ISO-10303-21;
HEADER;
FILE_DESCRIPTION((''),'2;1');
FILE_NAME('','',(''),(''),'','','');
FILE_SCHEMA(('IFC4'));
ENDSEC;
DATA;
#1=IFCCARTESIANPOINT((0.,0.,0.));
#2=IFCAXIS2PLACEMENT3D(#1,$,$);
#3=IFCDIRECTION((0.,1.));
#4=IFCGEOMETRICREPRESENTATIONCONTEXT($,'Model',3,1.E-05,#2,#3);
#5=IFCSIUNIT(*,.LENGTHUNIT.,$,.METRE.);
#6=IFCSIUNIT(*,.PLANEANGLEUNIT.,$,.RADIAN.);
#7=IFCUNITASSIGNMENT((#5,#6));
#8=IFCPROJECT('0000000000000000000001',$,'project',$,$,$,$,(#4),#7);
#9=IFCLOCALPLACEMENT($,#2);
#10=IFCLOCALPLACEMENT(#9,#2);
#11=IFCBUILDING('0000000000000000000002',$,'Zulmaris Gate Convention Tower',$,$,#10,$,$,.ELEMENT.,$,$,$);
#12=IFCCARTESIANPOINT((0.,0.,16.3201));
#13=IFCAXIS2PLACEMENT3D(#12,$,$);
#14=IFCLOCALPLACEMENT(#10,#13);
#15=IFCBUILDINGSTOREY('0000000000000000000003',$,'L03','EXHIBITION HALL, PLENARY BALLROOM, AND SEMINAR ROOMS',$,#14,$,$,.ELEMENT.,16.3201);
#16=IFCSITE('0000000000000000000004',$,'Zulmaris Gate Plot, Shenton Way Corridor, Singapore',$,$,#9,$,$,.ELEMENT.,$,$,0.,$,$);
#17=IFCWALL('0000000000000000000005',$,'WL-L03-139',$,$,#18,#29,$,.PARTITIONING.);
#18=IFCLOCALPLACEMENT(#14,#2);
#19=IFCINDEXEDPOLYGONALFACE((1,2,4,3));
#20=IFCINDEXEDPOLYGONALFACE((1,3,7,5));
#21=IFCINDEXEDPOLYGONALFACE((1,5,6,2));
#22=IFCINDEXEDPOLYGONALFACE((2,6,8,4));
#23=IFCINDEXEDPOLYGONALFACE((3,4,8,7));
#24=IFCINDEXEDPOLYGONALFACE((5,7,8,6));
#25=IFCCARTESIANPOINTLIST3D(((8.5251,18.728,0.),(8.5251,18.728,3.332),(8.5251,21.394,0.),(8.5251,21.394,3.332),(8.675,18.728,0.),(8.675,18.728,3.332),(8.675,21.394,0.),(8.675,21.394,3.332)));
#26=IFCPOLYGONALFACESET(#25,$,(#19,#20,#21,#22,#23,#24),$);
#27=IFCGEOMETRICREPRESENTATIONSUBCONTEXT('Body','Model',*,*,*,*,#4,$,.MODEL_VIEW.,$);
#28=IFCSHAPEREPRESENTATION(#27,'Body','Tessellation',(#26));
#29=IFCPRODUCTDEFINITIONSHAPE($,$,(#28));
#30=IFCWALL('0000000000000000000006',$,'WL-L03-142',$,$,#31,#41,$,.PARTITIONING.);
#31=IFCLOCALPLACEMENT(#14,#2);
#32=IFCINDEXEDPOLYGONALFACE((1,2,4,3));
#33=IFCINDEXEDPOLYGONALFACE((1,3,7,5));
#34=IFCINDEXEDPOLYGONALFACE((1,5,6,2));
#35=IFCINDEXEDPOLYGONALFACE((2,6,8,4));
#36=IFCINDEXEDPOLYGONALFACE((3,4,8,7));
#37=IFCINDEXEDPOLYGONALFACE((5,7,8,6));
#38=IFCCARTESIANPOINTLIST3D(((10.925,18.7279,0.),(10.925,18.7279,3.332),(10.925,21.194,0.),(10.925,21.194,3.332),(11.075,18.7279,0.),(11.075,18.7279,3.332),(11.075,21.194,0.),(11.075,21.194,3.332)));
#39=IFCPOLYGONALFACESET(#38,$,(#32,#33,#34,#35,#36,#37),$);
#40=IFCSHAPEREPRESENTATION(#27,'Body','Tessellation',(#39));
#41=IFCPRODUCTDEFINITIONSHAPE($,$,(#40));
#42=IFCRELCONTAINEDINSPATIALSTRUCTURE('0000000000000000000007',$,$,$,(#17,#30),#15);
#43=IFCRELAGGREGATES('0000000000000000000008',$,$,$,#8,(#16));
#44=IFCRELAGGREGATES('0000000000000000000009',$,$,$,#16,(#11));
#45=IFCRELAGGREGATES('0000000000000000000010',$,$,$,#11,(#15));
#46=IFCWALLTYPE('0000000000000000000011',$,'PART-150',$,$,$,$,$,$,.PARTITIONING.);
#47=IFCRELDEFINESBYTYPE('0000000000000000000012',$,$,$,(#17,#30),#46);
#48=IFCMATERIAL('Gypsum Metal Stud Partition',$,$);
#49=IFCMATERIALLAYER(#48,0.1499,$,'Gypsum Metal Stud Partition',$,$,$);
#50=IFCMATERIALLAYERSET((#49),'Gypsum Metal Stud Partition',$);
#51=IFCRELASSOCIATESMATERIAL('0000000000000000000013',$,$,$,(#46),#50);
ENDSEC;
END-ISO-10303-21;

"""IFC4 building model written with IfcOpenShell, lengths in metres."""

from ifc_helpers import new_model, si_unit, direction, frame, frame_2d, origin, place, context, subcontext, project, spatial, rectangle, extrude, material, layer, layer_set, type_object, element, save


model = new_model("IFC4")

# Units and contexts
model_context = context("Model", 3, precision=1e-05, world=origin(), true_north=direction((0.0, 1.0)))
body_context = subcontext(model_context, "Body", "Model", "MODEL_VIEW")
ifc_project = project(units=[si_unit("LENGTHUNIT", "METRE"), si_unit("PLANEANGLEUNIT", "RADIAN")], contexts=[model_context])

# Site, building, storey
site_placement = place(None, origin())
site = spatial("IfcSite", under=ifc_project, at=site_placement, Name="Zulmaris Gate Plot, Shenton Way Corridor, Singapore", CompositionType="ELEMENT", RefElevation=0.0)
building_placement = place(site_placement, origin())
building = spatial("IfcBuilding", under=site, at=building_placement, Name="Zulmaris Gate Convention Tower", CompositionType="ELEMENT")
storey_placement = place(building_placement, frame((0.0, 0.0, 16.3201)))
storey = spatial("IfcBuildingStorey", under=building, at=storey_placement, Name="L03", Description="EXHIBITION HALL, PLENARY BALLROOM, AND SEMINAR ROOMS", CompositionType="ELEMENT", Elevation=16.3201)

# Shared definitions
ifc_material_1 = material(Name="Gypsum Metal Stud Partition")
ifc_layer_1 = layer(ifc_material_1, 0.1499, Name="Gypsum Metal Stud Partition")
ifc_layer_set_1 = layer_set([ifc_layer_1], Name="Gypsum Metal Stud Partition")
wall_type = type_object("IfcWallType", Name="PART-150", PredefinedType="PARTITIONING", material=ifc_layer_set_1)

# Walls
wall_1_placement = place(storey_placement, frame((8.6001, 18.728, 0.0), z_axis=(0.0, 0.0, 1.0), x_axis=(0.0, 1.0, 0.0)))
element("IfcWall", 1, at=wall_1_placement, inside=storey, type_object=wall_type, Name="WL-L03-139", PredefinedType="PARTITIONING", context=body_context, shape_type="SweptSolid", body=[
    extrude(rectangle(XDim=2.666, YDim=0.1499, at=frame_2d((1.333, 0.0))), origin(), (0.0, 0.0, 1.0), 3.332),
])
wall_2_placement = place(storey_placement, frame((11.0, 18.728, 0.0), z_axis=(0.0, 0.0, 1.0), x_axis=(0.0, 1.0, 0.0)))
element("IfcWall", 2, at=wall_2_placement, inside=storey, type_object=wall_type, Name="WL-L03-142", PredefinedType="PARTITIONING", context=body_context, shape_type="SweptSolid", body=[
    extrude(rectangle(XDim=2.4661, YDim=0.1499, at=frame_2d((1.2329, 0.0))), origin(), (0.0, 0.0, 1.0), 3.332),
])

save(model, "model.ifc")
